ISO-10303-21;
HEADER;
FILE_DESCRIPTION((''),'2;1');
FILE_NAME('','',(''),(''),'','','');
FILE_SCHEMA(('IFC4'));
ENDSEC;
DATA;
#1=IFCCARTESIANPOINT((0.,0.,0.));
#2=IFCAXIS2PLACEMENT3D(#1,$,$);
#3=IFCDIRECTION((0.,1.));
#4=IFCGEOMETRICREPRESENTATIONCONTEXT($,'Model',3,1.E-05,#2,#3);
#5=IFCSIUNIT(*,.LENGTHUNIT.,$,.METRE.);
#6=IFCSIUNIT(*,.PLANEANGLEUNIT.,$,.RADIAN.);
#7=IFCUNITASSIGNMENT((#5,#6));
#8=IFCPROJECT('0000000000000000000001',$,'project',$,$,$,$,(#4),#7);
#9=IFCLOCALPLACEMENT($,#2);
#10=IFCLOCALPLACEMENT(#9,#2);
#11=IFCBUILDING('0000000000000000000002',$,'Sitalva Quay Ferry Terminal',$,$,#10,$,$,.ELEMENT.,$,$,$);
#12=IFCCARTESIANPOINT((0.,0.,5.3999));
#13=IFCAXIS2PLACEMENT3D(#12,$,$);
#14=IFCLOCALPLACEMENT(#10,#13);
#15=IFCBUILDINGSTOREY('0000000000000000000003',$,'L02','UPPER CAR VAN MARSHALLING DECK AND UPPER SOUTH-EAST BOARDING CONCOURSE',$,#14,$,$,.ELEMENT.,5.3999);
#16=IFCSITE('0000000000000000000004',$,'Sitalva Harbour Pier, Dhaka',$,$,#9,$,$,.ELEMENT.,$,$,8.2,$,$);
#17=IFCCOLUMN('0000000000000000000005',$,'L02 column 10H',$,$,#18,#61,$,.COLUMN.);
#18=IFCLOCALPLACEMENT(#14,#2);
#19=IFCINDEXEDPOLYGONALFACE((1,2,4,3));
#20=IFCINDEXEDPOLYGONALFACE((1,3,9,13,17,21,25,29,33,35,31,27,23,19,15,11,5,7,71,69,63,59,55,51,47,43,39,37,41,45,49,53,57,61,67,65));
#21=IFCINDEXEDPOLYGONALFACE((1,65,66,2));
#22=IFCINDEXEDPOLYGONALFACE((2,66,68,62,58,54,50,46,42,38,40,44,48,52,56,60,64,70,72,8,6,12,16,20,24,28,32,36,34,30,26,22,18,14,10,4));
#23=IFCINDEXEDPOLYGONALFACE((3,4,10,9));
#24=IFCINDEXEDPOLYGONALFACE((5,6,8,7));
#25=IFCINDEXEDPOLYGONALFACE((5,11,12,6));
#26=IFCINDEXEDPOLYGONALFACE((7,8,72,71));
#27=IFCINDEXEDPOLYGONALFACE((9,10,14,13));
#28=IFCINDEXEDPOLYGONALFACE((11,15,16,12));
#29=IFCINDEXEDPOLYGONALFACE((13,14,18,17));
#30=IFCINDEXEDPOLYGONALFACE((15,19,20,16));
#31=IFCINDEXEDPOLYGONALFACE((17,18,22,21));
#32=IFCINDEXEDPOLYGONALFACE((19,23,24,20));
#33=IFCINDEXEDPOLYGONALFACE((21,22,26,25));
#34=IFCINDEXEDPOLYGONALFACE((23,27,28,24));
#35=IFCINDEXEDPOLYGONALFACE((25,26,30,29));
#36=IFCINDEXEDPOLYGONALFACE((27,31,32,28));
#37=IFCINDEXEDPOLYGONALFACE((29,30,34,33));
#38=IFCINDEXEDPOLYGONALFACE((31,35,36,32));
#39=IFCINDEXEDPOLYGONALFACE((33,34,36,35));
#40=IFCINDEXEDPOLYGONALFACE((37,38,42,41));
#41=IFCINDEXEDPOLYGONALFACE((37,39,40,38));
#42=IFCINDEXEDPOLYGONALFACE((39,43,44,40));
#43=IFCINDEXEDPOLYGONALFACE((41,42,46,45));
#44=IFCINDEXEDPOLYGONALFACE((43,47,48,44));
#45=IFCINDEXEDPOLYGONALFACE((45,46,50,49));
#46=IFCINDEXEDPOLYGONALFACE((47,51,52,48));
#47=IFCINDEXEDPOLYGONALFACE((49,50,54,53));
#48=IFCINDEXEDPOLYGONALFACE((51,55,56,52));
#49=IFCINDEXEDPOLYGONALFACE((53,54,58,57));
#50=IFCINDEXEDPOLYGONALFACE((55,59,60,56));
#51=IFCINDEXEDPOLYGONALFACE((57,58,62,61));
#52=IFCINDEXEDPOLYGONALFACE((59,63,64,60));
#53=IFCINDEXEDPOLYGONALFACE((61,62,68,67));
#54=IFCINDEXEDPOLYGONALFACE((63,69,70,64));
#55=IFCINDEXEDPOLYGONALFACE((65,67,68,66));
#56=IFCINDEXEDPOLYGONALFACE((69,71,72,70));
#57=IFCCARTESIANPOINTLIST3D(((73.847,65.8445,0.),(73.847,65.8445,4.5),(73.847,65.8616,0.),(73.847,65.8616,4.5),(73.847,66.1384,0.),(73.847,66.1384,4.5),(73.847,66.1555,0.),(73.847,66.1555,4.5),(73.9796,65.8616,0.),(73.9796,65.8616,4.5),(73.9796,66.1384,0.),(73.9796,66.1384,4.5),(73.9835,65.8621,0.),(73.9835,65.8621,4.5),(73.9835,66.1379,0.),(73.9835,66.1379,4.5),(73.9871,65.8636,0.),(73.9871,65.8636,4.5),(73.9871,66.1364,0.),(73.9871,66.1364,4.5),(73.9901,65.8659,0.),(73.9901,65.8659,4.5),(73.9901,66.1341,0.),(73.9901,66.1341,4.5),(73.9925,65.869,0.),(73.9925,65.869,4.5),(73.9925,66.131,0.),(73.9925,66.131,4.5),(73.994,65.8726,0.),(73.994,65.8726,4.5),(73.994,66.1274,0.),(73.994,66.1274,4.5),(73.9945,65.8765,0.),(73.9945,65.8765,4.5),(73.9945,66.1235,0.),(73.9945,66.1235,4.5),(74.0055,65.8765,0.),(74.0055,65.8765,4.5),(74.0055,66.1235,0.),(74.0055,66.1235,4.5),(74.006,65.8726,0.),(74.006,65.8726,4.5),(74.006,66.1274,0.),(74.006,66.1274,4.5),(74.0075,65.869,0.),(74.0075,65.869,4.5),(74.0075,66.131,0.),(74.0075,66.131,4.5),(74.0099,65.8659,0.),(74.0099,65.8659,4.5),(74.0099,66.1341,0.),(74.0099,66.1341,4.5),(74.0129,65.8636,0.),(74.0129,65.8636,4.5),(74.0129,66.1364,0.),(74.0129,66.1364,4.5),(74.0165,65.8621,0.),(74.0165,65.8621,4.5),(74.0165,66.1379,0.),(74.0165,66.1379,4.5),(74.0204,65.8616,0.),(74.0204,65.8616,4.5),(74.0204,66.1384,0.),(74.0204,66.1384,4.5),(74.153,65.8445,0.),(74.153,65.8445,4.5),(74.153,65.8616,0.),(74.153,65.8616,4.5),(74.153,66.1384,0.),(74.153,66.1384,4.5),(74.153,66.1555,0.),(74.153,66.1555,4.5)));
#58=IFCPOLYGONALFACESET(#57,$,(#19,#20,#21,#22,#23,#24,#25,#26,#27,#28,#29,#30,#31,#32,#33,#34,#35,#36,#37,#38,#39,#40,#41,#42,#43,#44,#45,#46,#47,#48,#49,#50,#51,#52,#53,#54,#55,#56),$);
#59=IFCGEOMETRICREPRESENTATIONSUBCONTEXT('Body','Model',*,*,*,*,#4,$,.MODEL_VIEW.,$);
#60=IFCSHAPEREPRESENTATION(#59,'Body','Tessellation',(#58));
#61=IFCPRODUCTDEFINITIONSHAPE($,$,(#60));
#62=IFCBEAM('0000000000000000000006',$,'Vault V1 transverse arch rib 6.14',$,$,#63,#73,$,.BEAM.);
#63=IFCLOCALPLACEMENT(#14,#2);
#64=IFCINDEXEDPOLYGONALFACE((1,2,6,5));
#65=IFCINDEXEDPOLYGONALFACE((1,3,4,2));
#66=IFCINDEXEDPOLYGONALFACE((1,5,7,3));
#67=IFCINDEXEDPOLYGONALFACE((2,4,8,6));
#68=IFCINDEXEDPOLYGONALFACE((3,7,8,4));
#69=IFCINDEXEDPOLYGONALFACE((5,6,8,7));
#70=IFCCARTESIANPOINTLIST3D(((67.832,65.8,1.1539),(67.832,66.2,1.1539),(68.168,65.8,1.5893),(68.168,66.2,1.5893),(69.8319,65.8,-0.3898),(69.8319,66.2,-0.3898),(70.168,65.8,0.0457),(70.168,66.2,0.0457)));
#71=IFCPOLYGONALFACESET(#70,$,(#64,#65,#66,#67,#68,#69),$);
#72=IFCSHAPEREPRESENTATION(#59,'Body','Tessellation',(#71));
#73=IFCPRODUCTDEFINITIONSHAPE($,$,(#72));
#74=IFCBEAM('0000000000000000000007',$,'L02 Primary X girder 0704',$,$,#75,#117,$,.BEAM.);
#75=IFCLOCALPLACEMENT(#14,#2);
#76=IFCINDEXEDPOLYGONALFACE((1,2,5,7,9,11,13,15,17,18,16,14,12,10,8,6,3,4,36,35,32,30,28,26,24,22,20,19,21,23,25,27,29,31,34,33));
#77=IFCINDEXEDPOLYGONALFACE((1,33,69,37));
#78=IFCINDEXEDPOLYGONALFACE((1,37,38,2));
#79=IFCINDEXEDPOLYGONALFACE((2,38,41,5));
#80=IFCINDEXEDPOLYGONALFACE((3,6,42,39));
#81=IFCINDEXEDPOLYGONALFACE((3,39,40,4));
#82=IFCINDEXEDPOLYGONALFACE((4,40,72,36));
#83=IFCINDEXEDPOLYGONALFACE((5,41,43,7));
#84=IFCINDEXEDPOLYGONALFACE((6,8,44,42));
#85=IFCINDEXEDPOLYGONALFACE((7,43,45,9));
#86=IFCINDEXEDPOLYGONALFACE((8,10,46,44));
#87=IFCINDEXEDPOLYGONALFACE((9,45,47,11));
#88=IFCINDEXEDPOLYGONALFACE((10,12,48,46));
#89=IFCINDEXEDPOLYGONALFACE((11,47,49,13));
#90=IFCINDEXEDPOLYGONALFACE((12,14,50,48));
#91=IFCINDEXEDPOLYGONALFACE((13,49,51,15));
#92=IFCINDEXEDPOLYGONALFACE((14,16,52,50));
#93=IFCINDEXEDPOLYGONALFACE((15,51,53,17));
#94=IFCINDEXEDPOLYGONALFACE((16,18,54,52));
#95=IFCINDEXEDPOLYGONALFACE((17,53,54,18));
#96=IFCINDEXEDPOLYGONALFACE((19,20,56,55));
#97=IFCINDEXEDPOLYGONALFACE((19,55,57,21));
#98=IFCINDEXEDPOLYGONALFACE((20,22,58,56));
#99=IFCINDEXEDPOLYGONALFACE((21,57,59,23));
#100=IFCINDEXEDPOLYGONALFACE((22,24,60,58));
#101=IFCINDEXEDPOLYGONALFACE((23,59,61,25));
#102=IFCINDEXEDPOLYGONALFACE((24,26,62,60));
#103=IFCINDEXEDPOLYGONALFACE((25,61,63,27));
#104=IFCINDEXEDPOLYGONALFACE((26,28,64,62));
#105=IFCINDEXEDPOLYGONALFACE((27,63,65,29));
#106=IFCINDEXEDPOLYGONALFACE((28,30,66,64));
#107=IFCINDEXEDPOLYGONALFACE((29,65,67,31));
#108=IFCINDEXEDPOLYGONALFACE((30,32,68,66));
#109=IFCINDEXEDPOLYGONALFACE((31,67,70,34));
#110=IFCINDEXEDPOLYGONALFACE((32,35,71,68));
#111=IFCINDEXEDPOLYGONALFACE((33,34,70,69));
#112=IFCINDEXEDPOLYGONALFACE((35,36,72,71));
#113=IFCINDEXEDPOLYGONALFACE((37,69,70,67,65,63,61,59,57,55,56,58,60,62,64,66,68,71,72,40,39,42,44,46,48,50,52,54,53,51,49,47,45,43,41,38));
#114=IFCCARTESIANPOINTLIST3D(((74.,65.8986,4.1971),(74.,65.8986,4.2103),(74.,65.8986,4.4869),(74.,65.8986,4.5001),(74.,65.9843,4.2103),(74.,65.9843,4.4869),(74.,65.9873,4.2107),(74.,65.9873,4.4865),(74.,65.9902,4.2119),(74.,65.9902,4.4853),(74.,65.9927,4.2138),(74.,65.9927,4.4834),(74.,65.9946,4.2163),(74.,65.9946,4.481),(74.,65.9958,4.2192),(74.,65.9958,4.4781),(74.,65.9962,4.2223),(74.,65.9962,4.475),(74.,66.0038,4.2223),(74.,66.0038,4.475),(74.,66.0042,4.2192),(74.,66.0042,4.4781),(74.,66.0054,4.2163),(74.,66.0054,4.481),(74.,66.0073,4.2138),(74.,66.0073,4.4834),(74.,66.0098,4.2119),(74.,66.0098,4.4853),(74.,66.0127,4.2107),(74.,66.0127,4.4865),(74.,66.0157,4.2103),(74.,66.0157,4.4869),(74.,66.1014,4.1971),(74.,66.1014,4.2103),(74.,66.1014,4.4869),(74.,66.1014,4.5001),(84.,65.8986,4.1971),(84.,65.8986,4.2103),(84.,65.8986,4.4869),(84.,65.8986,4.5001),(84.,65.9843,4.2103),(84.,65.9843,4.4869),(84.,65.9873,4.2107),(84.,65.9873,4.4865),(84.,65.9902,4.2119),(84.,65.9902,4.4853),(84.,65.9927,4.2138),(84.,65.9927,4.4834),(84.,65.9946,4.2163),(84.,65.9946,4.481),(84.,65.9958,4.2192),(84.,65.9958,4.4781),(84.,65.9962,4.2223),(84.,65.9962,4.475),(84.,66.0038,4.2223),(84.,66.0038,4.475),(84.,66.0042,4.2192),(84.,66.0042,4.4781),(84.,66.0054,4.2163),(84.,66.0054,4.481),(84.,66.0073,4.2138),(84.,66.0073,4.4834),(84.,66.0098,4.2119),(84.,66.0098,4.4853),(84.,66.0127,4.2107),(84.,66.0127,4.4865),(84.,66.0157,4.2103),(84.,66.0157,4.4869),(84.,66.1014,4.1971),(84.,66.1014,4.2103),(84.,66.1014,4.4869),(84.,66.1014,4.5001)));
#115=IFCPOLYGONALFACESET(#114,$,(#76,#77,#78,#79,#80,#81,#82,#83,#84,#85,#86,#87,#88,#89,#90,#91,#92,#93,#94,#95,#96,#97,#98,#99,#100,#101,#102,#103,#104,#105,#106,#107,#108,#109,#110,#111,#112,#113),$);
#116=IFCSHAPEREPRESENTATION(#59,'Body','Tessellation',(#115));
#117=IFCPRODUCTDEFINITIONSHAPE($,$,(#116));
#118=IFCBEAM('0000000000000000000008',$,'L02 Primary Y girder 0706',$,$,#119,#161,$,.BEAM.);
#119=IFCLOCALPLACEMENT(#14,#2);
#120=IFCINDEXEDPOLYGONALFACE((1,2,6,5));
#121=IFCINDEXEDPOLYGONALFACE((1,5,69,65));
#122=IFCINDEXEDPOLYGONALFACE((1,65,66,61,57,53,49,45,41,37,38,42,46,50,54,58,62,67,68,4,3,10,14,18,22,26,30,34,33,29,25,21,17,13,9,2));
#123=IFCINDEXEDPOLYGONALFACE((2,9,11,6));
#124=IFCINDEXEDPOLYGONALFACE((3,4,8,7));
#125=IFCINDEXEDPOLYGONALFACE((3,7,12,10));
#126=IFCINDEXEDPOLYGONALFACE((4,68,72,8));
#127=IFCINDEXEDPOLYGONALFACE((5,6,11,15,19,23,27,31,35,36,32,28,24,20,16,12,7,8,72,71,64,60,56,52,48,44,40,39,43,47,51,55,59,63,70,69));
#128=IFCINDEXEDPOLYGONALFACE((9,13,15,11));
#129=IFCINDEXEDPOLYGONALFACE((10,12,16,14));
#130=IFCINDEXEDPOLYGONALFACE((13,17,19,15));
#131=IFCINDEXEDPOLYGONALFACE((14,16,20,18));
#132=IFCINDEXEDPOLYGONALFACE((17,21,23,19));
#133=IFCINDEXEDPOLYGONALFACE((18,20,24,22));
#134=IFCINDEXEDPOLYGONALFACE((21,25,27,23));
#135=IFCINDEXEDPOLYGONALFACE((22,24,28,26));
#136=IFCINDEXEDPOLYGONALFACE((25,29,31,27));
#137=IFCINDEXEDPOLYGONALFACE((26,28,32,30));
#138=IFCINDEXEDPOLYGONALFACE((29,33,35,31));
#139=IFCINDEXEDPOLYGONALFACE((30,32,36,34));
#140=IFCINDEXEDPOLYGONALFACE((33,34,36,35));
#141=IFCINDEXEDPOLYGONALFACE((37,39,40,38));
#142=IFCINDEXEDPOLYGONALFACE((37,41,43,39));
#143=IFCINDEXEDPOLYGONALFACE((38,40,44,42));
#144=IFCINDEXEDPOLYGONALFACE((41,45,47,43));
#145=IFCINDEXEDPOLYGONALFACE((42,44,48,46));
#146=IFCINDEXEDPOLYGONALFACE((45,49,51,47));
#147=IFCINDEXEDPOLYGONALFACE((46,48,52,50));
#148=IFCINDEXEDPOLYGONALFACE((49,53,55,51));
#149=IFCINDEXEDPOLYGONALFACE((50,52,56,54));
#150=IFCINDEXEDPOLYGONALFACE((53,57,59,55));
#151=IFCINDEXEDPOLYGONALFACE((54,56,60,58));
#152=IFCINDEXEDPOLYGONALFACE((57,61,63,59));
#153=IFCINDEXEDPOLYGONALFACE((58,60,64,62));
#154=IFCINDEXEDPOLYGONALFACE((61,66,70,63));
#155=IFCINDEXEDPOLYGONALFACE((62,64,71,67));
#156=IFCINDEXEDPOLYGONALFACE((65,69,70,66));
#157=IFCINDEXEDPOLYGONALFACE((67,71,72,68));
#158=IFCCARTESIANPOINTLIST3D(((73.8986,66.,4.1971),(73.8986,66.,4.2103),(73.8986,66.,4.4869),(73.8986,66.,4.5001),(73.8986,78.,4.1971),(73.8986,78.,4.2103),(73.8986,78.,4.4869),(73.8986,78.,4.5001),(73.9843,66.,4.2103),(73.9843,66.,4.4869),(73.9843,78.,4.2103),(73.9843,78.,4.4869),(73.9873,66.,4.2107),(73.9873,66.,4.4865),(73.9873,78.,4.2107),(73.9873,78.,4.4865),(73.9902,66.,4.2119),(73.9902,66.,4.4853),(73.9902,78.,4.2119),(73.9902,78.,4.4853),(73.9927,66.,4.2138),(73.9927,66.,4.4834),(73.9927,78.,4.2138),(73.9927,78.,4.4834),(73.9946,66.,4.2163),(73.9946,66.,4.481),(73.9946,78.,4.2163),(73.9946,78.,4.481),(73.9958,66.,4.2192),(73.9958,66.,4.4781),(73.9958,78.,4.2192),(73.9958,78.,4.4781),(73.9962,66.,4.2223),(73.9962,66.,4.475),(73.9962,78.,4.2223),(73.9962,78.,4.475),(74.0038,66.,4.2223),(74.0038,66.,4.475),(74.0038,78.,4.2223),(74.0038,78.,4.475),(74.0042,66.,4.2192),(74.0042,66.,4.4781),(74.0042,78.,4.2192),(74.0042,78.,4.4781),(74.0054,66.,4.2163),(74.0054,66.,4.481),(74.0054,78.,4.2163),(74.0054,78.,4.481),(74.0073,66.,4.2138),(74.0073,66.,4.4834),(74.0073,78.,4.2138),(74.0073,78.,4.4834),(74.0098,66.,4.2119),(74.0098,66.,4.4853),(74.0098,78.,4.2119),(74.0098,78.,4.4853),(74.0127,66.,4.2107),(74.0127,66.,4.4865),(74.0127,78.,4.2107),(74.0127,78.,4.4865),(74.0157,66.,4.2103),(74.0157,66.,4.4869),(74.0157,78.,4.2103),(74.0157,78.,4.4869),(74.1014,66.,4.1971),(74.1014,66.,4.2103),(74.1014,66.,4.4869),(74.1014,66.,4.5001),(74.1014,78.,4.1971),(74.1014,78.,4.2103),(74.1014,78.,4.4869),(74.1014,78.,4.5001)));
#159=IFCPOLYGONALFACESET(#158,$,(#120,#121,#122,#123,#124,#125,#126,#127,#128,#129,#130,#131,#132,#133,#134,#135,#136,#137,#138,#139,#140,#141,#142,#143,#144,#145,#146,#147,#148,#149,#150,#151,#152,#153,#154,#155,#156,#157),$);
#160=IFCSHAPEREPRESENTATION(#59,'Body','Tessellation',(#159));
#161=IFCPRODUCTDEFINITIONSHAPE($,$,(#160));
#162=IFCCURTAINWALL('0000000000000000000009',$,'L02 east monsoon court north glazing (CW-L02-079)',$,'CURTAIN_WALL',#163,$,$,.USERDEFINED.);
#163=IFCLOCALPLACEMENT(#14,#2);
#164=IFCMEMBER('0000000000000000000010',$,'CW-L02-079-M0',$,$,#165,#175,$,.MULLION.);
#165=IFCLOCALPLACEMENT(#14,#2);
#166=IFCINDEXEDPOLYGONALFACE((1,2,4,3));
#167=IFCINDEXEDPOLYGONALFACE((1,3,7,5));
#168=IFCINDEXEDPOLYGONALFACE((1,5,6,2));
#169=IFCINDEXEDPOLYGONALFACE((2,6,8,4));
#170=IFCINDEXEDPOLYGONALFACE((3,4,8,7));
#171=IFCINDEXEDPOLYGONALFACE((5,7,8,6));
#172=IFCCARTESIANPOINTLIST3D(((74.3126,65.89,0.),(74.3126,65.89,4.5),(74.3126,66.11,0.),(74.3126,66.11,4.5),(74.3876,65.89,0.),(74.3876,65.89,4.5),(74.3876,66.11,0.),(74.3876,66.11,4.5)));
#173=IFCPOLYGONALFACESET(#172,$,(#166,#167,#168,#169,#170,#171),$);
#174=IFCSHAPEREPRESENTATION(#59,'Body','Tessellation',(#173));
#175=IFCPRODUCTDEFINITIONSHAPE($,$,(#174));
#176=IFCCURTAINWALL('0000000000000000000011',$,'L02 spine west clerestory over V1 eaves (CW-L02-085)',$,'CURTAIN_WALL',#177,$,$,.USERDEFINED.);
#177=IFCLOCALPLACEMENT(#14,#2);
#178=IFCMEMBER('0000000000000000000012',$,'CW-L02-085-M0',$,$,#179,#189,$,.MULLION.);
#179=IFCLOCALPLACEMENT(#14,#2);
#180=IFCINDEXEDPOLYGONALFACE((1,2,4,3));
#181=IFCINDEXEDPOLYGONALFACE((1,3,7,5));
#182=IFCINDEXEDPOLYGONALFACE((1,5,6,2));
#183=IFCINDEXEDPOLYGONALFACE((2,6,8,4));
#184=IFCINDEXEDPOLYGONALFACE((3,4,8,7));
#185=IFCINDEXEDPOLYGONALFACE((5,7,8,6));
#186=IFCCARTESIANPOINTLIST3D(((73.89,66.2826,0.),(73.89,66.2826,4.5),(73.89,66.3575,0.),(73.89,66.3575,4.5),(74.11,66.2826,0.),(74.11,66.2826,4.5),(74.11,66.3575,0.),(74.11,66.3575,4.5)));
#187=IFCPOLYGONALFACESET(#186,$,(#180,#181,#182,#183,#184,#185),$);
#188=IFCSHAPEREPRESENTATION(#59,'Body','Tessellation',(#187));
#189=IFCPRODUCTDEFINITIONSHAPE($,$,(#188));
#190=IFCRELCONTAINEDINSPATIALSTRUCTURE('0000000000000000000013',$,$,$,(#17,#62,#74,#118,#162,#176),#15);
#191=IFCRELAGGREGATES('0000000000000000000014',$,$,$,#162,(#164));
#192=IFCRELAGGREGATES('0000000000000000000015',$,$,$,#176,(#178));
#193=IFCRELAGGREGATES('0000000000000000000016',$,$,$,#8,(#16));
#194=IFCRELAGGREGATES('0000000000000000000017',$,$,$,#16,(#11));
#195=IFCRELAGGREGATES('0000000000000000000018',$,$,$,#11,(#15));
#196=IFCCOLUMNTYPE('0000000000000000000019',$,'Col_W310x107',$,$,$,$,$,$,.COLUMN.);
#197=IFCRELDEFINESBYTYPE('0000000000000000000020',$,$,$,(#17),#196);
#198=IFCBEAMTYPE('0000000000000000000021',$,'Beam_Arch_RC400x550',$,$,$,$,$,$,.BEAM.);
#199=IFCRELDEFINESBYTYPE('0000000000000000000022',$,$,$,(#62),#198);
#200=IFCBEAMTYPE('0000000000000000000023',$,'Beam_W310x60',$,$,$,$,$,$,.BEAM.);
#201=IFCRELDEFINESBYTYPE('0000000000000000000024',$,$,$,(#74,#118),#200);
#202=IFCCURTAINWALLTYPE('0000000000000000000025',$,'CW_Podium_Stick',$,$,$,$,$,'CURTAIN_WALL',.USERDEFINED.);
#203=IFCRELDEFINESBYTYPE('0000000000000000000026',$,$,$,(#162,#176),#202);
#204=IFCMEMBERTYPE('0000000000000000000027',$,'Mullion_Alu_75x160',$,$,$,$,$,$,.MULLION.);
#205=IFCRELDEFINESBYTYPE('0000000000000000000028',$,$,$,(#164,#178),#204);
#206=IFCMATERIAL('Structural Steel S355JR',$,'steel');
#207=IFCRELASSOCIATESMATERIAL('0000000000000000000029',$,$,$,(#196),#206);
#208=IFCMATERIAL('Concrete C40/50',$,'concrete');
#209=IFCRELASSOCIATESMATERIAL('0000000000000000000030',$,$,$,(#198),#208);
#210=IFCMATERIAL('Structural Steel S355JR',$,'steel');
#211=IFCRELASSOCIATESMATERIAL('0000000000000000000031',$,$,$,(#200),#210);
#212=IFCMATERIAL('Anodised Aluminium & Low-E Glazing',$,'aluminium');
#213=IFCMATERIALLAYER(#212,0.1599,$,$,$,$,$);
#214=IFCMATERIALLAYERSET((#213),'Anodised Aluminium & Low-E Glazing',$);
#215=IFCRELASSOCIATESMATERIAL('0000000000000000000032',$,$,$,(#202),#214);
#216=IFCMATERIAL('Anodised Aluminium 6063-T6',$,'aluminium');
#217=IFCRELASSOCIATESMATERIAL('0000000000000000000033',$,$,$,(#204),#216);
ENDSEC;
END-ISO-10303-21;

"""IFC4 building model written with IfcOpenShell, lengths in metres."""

from ifc_helpers import new_model, si_unit, direction, frame, origin, origin_2d, place, context, subcontext, project, spatial, rectangle, i_section, extrude, material, layer, layer_set, material_profile, profile_set, type_object, element, aggregate, save


model = new_model("IFC4")

# Units and contexts
model_context = context("Model", 3, precision=1e-05, world=origin(), true_north=direction((0.0, 1.0)))
body_context = subcontext(model_context, "Body", "Model", "MODEL_VIEW")
ifc_project = project(units=[si_unit("LENGTHUNIT", "METRE"), si_unit("PLANEANGLEUNIT", "RADIAN")], contexts=[model_context])

# Site, building, storey
site_placement = place(None, origin())
site = spatial("IfcSite", under=ifc_project, at=site_placement, Name="Sitalva Harbour Pier, Dhaka", CompositionType="ELEMENT", RefElevation=8.2)
building_placement = place(site_placement, origin())
building = spatial("IfcBuilding", under=site, at=building_placement, Name="Sitalva Quay Ferry Terminal", CompositionType="ELEMENT")
storey_placement = place(building_placement, frame((0.0, 0.0, 5.3999)))
storey = spatial("IfcBuildingStorey", under=building, at=storey_placement, Name="L02", Description="UPPER CAR VAN MARSHALLING DECK AND UPPER SOUTH-EAST BOARDING CONCOURSE", CompositionType="ELEMENT", Elevation=5.3999)

# Column
ifc_material_1 = material(Name="Structural Steel S355JR", Category="steel")
ifc_material_profile_1 = material_profile(ifc_material_1, i_section(OverallWidth=0.3059, OverallDepth=0.311, WebThickness=0.011, FlangeThickness=0.0171, FilletRadius=0.0149, at=origin_2d()), Name="W310x107")
ifc_profile_set_1 = profile_set([ifc_material_profile_1], Name="Structural Steel S355JR")
column_type = type_object("IfcColumnType", Name="Col_W310x107", PredefinedType="COLUMN", material=ifc_profile_set_1)
column_placement = place(storey_placement, frame((74.0, 66.0, 0.0), z_axis=(0.0, 0.0, 1.0), x_axis=(1.0, 0.0, 0.0)))
element("IfcColumn", 1, at=column_placement, inside=storey, type_object=column_type, Name="L02 column 10H", PredefinedType="COLUMN", context=body_context, shape_type="SweptSolid", body=[
    extrude(i_section(OverallWidth=0.3059, OverallDepth=0.311, WebThickness=0.011, FlangeThickness=0.0171, FilletRadius=0.0149, at=origin_2d()), origin(), (0.0, 0.0, 1.0), 4.5),
])

# Beams
ifc_material_2 = material(Name="Concrete C40/50", Category="concrete")
ifc_material_profile_2 = material_profile(ifc_material_2, rectangle(XDim=0.3999, YDim=0.55, at=origin_2d()), Name="RC400x550")
ifc_profile_set_2 = profile_set([ifc_material_profile_2], Name="Concrete C40/50")
beam_type_1 = type_object("IfcBeamType", Name="Beam_Arch_RC400x550", PredefinedType="BEAM", material=ifc_profile_set_2)
beam_1_placement = place(storey_placement, frame((68.0, 66.0, 1.3716), z_axis=(0.791621, 0.0, -0.611013), x_axis=(0.0, 1.0, 0.0)))
element("IfcBeam", 2, at=beam_1_placement, inside=storey, type_object=beam_type_1, Name="Vault V1 transverse arch rib 6.14", PredefinedType="BEAM", context=body_context, shape_type="SweptSolid", body=[
    extrude(rectangle(XDim=0.3999, YDim=0.55, at=origin_2d()), origin(), (0.0, 0.0, 1.0), 2.5264),
])
ifc_material_3 = material(Name="Structural Steel S355JR", Category="steel")
ifc_material_profile_3 = material_profile(ifc_material_3, i_section(OverallWidth=0.2029, OverallDepth=0.303, WebThickness=0.0076, FlangeThickness=0.0132, FilletRadius=0.012, at=origin_2d()), Name="W310x60")
ifc_profile_set_3 = profile_set([ifc_material_profile_3], Name="Structural Steel S355JR")
beam_type_2 = type_object("IfcBeamType", Name="Beam_W310x60", PredefinedType="BEAM", material=ifc_profile_set_3)
beam_2_placement = place(storey_placement, frame((74.0, 66.0, 4.3486), z_axis=(1.0, 0.0, 0.0), x_axis=(0.0, 1.0, 0.0)))
element("IfcBeam", 3, at=beam_2_placement, inside=storey, type_object=beam_type_2, Name="L02 Primary X girder 0704", PredefinedType="BEAM", context=body_context, shape_type="SweptSolid", body=[
    extrude(i_section(OverallWidth=0.2029, OverallDepth=0.303, WebThickness=0.0076, FlangeThickness=0.0132, FilletRadius=0.012, at=origin_2d()), origin(), (0.0, 0.0, 1.0), 10.0),
])
beam_3_placement = place(storey_placement, frame((74.0, 66.0, 4.3486), z_axis=(0.0, 1.0, 0.0), x_axis=(-1.0, 0.0, 0.0)))
element("IfcBeam", 4, at=beam_3_placement, inside=storey, type_object=beam_type_2, Name="L02 Primary Y girder 0706", PredefinedType="BEAM", context=body_context, shape_type="SweptSolid", body=[
    extrude(i_section(OverallWidth=0.2029, OverallDepth=0.303, WebThickness=0.0076, FlangeThickness=0.0132, FilletRadius=0.012, at=origin_2d()), origin(), (0.0, 0.0, 1.0), 12.0),
])

# Curtain wall, member
ifc_material_4 = material(Name="Anodised Aluminium & Low-E Glazing", Category="aluminium")
ifc_layer_1 = layer(ifc_material_4, 0.1599)
ifc_layer_set_1 = layer_set([ifc_layer_1], Name="Anodised Aluminium & Low-E Glazing")
curtain_wall_type = type_object("IfcCurtainWallType", Name="CW_Podium_Stick", ElementType="CURTAIN_WALL", PredefinedType="USERDEFINED", material=ifc_layer_set_1)
curtain_wall_1_placement = place(storey_placement, origin())
curtain_wall_1 = element("IfcCurtainWall", 5, at=curtain_wall_1_placement, inside=storey, type_object=curtain_wall_type, Name="L02 east monsoon court north glazing (CW-L02-079)", ObjectType="CURTAIN_WALL", PredefinedType="USERDEFINED")
ifc_material_5 = material(Name="Anodised Aluminium 6063-T6", Category="aluminium")
ifc_material_profile_4 = material_profile(ifc_material_5, rectangle(XDim=0.075, YDim=0.22, at=origin_2d()), Name="ALU75x220")
ifc_profile_set_4 = profile_set([ifc_material_profile_4], Name="Anodised Aluminium 6063-T6")
member_type_1 = type_object("IfcMemberType", Name="Mullion_Alu_75x160", PredefinedType="MULLION", material=ifc_profile_set_4)
member_1_placement = place(storey_placement, frame((74.3501, 66.0, 0.0), z_axis=(0.0, 0.0, 1.0), x_axis=(1.0, 0.0, 0.0)))
member_1 = element("IfcMember", 6, at=member_1_placement, type_object=member_type_1, Name="CW-L02-079-M0", PredefinedType="MULLION", context=body_context, shape_type="SweptSolid", body=[
    extrude(rectangle(XDim=0.075, YDim=0.22, at=origin_2d()), origin(), (0.0, 0.0, 1.0), 4.5),
])

# Curtain wall, member
curtain_wall_2_placement = place(storey_placement, origin())
curtain_wall_2 = element("IfcCurtainWall", 7, at=curtain_wall_2_placement, inside=storey, type_object=curtain_wall_type, Name="L02 spine west clerestory over V1 eaves (CW-L02-085)", ObjectType="CURTAIN_WALL", PredefinedType="USERDEFINED")
member_2_placement = place(storey_placement, frame((74.0, 66.3201, 0.0), z_axis=(0.0, 0.0, 1.0), x_axis=(0.0, 1.0, 0.0)))
member_2 = element("IfcMember", 8, at=member_2_placement, type_object=member_type_1, Name="CW-L02-085-M0", PredefinedType="MULLION", context=body_context, shape_type="SweptSolid", body=[
    extrude(rectangle(XDim=0.075, YDim=0.22, at=origin_2d()), origin(), (0.0, 0.0, 1.0), 4.5),
])

aggregate(curtain_wall_1, [member_1])

aggregate(curtain_wall_2, [member_2])

save(model, "model.ifc")
